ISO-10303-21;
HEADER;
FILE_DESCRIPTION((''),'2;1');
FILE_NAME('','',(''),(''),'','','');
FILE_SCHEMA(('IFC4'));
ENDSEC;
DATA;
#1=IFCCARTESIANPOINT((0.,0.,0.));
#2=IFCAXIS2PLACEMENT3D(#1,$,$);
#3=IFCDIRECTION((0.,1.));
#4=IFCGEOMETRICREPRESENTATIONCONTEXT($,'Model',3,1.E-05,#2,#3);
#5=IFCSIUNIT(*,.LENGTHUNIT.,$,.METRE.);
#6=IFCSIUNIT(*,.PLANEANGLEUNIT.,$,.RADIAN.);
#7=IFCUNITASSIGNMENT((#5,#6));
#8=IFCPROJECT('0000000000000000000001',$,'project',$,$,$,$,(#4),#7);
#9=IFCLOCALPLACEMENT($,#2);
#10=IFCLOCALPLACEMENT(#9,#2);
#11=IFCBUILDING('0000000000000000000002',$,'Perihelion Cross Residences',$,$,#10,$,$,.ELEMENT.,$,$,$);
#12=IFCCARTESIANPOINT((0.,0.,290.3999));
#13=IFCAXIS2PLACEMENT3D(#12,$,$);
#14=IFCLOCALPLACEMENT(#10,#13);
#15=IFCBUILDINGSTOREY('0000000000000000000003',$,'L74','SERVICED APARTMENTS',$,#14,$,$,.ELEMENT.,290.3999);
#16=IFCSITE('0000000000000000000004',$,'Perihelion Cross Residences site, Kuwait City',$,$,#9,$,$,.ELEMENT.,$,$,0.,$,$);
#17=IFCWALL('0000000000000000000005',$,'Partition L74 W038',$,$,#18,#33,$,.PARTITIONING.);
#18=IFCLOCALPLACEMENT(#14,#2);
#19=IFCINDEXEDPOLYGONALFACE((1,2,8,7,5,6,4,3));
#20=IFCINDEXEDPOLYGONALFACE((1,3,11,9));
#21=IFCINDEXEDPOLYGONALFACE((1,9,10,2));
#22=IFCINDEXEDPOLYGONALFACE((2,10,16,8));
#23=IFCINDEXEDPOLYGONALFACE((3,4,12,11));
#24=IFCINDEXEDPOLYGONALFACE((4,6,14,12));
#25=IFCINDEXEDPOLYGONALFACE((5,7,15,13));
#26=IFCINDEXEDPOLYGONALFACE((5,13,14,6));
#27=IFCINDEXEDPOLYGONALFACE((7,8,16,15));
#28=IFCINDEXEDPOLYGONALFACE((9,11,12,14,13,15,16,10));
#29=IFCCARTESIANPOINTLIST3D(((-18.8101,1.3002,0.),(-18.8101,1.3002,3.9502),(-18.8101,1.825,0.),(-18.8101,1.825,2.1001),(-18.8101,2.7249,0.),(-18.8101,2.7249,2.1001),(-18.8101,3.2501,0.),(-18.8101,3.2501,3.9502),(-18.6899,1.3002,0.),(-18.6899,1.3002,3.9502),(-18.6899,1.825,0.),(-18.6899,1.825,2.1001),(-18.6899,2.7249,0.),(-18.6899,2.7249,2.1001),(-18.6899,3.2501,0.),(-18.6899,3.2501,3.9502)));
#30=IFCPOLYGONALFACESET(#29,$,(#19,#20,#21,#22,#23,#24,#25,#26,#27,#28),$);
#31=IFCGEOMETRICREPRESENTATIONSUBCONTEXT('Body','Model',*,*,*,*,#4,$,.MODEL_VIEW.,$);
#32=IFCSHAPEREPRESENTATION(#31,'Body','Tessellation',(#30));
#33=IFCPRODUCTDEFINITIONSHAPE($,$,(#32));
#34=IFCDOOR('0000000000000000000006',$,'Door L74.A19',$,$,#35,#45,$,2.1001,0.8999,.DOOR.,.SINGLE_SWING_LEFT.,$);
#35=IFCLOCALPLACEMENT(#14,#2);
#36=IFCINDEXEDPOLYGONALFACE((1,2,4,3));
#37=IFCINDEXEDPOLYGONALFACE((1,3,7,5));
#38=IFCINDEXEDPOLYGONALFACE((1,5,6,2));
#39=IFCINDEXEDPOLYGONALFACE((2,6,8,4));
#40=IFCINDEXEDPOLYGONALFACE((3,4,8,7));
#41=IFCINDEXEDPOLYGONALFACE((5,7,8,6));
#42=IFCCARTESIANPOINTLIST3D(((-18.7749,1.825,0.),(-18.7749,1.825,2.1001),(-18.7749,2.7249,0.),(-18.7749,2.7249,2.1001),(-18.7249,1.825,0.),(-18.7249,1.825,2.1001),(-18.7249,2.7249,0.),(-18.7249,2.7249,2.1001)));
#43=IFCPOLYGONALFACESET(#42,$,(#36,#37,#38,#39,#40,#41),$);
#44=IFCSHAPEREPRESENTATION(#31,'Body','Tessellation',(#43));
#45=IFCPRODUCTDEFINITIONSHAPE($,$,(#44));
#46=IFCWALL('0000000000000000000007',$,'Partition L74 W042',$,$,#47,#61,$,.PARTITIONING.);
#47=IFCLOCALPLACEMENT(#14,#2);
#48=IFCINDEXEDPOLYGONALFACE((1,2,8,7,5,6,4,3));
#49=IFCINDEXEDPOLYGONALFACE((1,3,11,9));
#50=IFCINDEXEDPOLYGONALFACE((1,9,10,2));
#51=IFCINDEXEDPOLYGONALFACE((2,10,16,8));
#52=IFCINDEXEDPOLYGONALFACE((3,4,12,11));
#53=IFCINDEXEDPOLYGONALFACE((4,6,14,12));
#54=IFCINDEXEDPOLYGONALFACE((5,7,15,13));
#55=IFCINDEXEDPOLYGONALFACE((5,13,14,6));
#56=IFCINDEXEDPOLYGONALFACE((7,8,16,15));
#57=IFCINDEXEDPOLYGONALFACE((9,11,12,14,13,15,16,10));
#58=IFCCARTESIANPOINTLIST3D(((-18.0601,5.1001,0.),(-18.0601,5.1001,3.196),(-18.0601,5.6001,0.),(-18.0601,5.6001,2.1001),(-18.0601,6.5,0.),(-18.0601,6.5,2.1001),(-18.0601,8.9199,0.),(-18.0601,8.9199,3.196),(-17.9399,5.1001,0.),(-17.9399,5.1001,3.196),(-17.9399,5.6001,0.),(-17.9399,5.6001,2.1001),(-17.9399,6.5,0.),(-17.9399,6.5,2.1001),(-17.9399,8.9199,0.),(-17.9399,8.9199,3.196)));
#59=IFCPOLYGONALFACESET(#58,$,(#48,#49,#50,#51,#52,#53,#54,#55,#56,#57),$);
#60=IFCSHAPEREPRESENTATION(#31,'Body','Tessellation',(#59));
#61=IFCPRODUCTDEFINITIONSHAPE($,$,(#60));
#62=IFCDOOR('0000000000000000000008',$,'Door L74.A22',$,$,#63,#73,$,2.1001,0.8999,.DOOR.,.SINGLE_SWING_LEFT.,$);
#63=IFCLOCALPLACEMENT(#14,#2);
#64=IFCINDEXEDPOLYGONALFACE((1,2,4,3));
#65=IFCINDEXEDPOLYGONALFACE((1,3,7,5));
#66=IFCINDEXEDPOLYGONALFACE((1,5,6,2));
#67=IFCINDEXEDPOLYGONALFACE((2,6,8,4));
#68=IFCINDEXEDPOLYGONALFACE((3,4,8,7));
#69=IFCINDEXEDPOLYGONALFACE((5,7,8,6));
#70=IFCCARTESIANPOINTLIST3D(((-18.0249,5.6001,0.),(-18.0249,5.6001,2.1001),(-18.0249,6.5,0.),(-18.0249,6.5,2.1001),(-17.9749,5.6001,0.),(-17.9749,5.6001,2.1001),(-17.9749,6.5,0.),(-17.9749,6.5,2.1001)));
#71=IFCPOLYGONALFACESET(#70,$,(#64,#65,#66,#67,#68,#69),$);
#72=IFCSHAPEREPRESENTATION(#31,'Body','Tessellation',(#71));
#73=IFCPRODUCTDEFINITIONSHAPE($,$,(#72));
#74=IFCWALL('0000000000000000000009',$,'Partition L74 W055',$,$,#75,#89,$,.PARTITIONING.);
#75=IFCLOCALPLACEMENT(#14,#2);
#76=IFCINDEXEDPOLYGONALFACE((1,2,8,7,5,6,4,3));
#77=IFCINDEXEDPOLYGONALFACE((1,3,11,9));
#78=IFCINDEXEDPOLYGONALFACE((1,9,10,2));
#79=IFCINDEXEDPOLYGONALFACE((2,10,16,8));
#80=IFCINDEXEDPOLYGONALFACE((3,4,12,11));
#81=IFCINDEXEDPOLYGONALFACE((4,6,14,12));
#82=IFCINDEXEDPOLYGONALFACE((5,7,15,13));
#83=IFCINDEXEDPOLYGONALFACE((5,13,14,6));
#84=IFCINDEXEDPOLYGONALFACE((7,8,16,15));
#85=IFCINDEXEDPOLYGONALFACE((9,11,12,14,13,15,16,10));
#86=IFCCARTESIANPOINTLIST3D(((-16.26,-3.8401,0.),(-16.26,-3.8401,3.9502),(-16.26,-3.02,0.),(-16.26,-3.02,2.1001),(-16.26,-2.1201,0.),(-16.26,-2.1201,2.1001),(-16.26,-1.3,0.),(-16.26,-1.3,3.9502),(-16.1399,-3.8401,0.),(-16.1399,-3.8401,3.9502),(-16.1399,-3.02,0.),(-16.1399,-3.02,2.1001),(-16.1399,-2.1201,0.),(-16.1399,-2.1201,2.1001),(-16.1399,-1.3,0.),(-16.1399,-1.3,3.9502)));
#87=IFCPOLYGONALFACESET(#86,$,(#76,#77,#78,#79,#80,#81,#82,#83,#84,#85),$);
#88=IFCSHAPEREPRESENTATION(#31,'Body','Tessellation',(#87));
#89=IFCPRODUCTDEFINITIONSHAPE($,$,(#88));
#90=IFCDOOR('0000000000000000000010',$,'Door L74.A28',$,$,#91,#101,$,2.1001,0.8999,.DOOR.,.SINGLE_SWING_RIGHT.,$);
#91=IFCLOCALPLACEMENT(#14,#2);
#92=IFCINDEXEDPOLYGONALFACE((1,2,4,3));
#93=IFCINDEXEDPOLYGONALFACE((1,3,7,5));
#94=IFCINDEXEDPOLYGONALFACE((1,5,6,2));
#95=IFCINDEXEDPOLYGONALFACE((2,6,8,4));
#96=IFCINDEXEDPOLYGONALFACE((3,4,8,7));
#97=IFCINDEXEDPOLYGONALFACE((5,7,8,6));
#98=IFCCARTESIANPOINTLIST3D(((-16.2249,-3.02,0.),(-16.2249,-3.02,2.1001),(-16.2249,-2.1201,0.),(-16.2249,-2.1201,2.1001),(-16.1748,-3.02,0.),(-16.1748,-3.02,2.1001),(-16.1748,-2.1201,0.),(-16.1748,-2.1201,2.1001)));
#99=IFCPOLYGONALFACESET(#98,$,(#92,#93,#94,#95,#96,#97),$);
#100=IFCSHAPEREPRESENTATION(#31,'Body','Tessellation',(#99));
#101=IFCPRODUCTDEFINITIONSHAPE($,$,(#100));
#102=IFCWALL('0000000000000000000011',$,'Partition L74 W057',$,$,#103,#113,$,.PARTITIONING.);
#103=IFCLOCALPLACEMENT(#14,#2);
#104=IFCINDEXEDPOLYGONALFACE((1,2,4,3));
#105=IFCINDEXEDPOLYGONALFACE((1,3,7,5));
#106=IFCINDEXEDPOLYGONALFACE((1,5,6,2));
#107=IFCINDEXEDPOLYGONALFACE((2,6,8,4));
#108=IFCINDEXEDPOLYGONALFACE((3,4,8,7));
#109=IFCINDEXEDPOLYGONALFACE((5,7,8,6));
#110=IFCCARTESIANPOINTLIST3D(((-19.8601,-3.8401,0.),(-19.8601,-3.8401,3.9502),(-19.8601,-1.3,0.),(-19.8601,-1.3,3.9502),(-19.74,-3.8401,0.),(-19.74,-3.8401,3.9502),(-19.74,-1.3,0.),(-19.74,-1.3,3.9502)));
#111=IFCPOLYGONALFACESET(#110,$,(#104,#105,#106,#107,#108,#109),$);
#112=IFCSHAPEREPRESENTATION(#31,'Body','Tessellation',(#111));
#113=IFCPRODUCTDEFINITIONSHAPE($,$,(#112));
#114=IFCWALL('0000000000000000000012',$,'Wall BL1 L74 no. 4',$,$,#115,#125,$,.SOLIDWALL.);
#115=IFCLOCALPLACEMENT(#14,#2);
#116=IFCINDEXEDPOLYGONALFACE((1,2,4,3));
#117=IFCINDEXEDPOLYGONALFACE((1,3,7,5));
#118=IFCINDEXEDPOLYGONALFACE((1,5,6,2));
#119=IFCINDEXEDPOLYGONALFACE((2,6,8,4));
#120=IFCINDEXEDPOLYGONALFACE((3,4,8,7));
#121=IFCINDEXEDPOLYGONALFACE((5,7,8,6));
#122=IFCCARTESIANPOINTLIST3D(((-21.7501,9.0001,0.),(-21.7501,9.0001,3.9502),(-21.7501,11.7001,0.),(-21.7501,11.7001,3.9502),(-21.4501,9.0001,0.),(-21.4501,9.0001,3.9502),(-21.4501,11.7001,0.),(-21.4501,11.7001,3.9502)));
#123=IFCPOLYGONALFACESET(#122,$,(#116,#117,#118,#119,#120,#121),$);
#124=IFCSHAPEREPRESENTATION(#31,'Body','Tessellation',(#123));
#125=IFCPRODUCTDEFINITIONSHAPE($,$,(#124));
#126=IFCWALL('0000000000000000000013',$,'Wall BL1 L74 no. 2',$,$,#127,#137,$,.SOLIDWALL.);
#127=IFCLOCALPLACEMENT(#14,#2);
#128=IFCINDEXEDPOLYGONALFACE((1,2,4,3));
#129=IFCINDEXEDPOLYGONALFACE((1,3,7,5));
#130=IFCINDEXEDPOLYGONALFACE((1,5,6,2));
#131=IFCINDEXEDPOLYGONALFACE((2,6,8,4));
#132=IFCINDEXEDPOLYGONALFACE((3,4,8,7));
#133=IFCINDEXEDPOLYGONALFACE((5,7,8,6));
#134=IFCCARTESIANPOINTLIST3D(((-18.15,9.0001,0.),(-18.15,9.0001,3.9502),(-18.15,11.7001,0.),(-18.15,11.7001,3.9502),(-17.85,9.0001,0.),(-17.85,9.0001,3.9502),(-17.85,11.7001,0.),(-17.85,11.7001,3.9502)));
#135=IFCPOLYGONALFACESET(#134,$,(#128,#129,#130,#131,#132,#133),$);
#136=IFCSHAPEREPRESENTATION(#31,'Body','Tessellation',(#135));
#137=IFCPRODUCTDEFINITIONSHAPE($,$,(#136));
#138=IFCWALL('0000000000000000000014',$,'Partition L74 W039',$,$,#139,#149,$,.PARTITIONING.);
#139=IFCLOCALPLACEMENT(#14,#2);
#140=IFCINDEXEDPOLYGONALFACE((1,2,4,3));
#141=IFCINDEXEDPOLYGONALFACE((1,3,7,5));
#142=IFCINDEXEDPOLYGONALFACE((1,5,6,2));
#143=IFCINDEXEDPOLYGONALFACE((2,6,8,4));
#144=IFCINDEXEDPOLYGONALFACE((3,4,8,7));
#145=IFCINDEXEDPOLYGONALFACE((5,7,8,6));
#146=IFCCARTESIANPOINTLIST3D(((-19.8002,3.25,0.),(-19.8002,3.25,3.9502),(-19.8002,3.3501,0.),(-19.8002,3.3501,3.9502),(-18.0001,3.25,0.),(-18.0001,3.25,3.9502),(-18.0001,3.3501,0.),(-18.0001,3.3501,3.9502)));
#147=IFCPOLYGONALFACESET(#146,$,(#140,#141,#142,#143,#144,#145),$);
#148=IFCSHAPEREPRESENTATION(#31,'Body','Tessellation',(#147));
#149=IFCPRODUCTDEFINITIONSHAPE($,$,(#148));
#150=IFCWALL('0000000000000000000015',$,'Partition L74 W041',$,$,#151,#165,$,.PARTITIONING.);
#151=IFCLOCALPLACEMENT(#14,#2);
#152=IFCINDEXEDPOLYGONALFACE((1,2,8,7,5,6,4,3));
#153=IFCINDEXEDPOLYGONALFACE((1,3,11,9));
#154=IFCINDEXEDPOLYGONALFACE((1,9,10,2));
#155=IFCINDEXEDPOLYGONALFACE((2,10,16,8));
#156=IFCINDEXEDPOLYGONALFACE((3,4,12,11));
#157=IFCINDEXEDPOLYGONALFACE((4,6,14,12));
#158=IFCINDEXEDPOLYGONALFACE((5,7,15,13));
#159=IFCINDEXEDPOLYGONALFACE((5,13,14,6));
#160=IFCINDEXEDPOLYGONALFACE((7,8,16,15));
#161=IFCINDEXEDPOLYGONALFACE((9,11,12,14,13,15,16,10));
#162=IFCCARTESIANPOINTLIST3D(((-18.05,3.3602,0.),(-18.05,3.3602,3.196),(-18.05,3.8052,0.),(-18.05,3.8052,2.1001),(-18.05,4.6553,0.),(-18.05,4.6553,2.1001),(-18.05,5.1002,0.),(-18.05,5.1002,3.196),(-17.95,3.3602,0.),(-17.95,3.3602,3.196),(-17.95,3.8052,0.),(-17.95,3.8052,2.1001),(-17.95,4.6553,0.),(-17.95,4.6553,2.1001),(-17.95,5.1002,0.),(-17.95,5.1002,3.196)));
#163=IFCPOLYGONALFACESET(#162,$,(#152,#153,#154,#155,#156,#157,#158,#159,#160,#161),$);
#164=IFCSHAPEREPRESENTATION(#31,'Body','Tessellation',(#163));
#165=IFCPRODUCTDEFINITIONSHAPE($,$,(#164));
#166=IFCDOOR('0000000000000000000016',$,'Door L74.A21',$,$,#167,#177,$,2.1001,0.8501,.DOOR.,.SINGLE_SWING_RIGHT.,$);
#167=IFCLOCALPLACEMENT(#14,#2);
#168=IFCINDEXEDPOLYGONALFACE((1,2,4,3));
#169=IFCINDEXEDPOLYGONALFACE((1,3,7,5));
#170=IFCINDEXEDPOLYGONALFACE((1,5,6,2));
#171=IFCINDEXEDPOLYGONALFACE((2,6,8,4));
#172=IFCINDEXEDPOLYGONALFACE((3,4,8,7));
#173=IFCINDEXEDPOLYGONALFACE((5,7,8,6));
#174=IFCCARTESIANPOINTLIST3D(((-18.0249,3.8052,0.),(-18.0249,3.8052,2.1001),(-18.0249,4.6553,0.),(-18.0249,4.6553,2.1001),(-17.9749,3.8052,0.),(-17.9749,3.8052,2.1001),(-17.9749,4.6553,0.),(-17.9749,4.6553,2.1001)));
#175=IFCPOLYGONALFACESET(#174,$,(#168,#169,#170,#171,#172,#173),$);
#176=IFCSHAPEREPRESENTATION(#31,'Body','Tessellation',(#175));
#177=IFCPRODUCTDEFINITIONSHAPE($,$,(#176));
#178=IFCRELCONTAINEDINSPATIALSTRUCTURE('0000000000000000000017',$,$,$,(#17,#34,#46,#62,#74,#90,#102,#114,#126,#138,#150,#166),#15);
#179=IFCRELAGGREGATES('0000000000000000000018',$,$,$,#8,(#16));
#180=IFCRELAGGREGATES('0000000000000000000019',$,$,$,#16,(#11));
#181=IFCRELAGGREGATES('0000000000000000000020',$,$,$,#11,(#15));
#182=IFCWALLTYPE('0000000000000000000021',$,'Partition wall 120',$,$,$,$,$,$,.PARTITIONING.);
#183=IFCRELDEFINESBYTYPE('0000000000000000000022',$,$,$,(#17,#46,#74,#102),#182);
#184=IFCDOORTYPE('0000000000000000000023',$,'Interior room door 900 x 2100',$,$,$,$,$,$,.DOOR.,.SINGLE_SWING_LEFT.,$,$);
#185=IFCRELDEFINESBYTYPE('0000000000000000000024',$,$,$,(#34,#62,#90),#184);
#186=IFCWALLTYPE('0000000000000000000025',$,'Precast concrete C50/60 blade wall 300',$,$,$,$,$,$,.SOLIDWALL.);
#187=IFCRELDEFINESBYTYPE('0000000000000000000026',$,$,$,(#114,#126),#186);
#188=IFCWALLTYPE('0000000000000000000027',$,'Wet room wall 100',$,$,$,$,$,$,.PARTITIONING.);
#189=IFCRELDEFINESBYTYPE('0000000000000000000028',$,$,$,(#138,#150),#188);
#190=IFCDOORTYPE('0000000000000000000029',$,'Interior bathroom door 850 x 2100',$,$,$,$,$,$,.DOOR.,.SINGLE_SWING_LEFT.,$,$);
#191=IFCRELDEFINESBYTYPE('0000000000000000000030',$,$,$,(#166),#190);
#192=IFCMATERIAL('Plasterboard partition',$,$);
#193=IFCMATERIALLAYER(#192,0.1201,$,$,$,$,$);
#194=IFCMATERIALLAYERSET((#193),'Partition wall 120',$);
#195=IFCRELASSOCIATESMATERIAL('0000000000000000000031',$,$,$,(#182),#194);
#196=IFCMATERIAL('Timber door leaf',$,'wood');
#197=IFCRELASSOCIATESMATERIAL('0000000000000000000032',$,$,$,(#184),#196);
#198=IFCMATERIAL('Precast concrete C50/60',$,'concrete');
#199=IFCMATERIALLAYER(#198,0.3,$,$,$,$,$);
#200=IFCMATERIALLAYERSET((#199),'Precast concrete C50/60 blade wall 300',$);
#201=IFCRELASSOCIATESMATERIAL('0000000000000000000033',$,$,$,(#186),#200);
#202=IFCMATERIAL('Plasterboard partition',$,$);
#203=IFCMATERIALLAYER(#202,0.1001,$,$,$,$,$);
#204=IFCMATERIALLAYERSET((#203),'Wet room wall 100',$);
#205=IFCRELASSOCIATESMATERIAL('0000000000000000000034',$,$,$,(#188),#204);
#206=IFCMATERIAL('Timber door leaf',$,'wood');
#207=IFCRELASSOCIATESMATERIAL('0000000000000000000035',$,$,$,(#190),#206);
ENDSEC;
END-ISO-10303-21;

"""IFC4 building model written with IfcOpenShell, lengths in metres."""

from ifc_helpers import new_model, si_unit, direction, frame, frame_2d, origin, place, context, subcontext, project, spatial, rectangle, extrude, material, layer, layer_set, type_object, element, fill, save


model = new_model("IFC4")

# Units and contexts
model_context = context("Model", 3, precision=1e-05, world=origin(), true_north=direction((0.0, 1.0)))
body_context = subcontext(model_context, "Body", "Model", "MODEL_VIEW")
ifc_project = project(units=[si_unit("LENGTHUNIT", "METRE"), si_unit("PLANEANGLEUNIT", "RADIAN")], contexts=[model_context])

# Site, building, storey
site_placement = place(None, origin())
site = spatial("IfcSite", under=ifc_project, at=site_placement, Name="Perihelion Cross Residences site, Kuwait City", CompositionType="ELEMENT", RefElevation=0.0)
building_placement = place(site_placement, origin())
building = spatial("IfcBuilding", under=site, at=building_placement, Name="Perihelion Cross Residences", CompositionType="ELEMENT")
storey_placement = place(building_placement, frame((0.0, 0.0, 290.3999)))
storey = spatial("IfcBuildingStorey", under=building, at=storey_placement, Name="L74", Description="SERVICED APARTMENTS", CompositionType="ELEMENT", Elevation=290.3999)

# Walls, openings, doors
ifc_material_1 = material(Name="Plasterboard partition")
ifc_layer_1 = layer(ifc_material_1, 0.1201)
ifc_layer_set_1 = layer_set([ifc_layer_1], Name="Partition wall 120")
wall_type_1 = type_object("IfcWallType", Name="Partition wall 120", PredefinedType="PARTITIONING", material=ifc_layer_set_1)
ifc_material_2 = material(Name="Timber door leaf", Category="wood")
door_type_1 = type_object("IfcDoorType", Name="Interior room door 900 x 2100", OperationType="SINGLE_SWING_LEFT", PredefinedType="DOOR", material=ifc_material_2)
wall_1_placement = place(storey_placement, frame((-18.75, 1.3, 0.0), z_axis=(0.0, 0.0, 1.0), x_axis=(0.0, 1.0, 0.0)))
wall_1 = element("IfcWall", 1, at=wall_1_placement, inside=storey, type_object=wall_type_1, Name="Partition L74 W038", PredefinedType="PARTITIONING", context=body_context, shape_type="SweptSolid", body=[
    extrude(rectangle(XDim=1.95, YDim=0.1201, at=frame_2d((0.9751, 0.0))), origin(), (0.0, 0.0, 1.0), 3.9502),
])
opening_1_placement = place(wall_1_placement, frame((0.5249, 0.0, 0.0)))
opening_1 = element("IfcOpeningElement", 2, at=opening_1_placement, cuts=wall_1, PredefinedType="OPENING", context=body_context, shape_type="SweptSolid", body=[
    extrude(rectangle(XDim=0.8999, YDim=2.1001, at=frame_2d((0.45, 1.05))), frame((0.0, 0.0701, 0.0), z_axis=(0.0, -1.0, 0.0), x_axis=(1.0, 0.0, 0.0)), (0.0, 0.0, 1.0), 0.1401),
])
door_1_placement = place(opening_1_placement, origin())
door_1 = element("IfcDoor", 3, at=door_1_placement, inside=storey, type_object=door_type_1, Name="Door L74.A19", OperationType="SINGLE_SWING_LEFT", OverallHeight=2.1001, OverallWidth=0.8999, PredefinedType="DOOR", context=body_context, shape_type="SweptSolid", body=[
    extrude(rectangle(XDim=0.8999, YDim=2.1001, at=frame_2d((0.45, 1.05))), frame((0.0, 0.0249, 0.0), z_axis=(0.0, -1.0, 0.0), x_axis=(1.0, 0.0, 0.0)), (0.0, 0.0, 1.0), 0.05),
])
fill(opening_1, door_1)
wall_2_placement = place(storey_placement, frame((-18.0, 5.1001, 0.0), z_axis=(0.0, 0.0, 1.0), x_axis=(0.0, 1.0, 0.0)))
wall_2 = element("IfcWall", 4, at=wall_2_placement, inside=storey, type_object=wall_type_1, Name="Partition L74 W042", PredefinedType="PARTITIONING", context=body_context, shape_type="SweptSolid", body=[
    extrude(rectangle(XDim=3.8198, YDim=0.1201, at=frame_2d((1.9099, 0.0))), origin(), (0.0, 0.0, 1.0), 3.196),
])
opening_2_placement = place(wall_2_placement, frame((0.5, 0.0, 0.0)))
opening_2 = element("IfcOpeningElement", 5, at=opening_2_placement, cuts=wall_2, PredefinedType="OPENING", context=body_context, shape_type="SweptSolid", body=[
    extrude(rectangle(XDim=0.8999, YDim=2.1001, at=frame_2d((0.45, 1.05))), frame((0.0, 0.0701, 0.0), z_axis=(0.0, -1.0, 0.0), x_axis=(1.0, 0.0, 0.0)), (0.0, 0.0, 1.0), 0.1401),
])
door_2_placement = place(opening_2_placement, origin())
door_2 = element("IfcDoor", 6, at=door_2_placement, inside=storey, type_object=door_type_1, Name="Door L74.A22", OperationType="SINGLE_SWING_LEFT", OverallHeight=2.1001, OverallWidth=0.8999, PredefinedType="DOOR", context=body_context, shape_type="SweptSolid", body=[
    extrude(rectangle(XDim=0.8999, YDim=2.1001, at=frame_2d((0.45, 1.05))), frame((0.0, 0.0249, 0.0), z_axis=(0.0, -1.0, 0.0), x_axis=(1.0, 0.0, 0.0)), (0.0, 0.0, 1.0), 0.05),
])
fill(opening_2, door_2)
wall_3_placement = place(storey_placement, frame((-16.2, -3.8401, 0.0), z_axis=(0.0, 0.0, 1.0), x_axis=(0.0, 1.0, 0.0)))
wall_3 = element("IfcWall", 7, at=wall_3_placement, inside=storey, type_object=wall_type_1, Name="Partition L74 W055", PredefinedType="PARTITIONING", context=body_context, shape_type="SweptSolid", body=[
    extrude(rectangle(XDim=2.54, YDim=0.1201, at=frame_2d((1.27, 0.0))), origin(), (0.0, 0.0, 1.0), 3.9502),
])
opening_3_placement = place(wall_3_placement, frame((0.8201, 0.0, 0.0)))
opening_3 = element("IfcOpeningElement", 8, at=opening_3_placement, cuts=wall_3, PredefinedType="OPENING", context=body_context, shape_type="SweptSolid", body=[
    extrude(rectangle(XDim=0.8999, YDim=2.1001, at=frame_2d((0.45, 1.05))), frame((0.0, 0.0701, 0.0), z_axis=(0.0, -1.0, 0.0), x_axis=(1.0, 0.0, 0.0)), (0.0, 0.0, 1.0), 0.1401),
])
door_3_placement = place(opening_3_placement, origin())
door_3 = element("IfcDoor", 9, at=door_3_placement, inside=storey, type_object=door_type_1, Name="Door L74.A28", OperationType="SINGLE_SWING_RIGHT", OverallHeight=2.1001, OverallWidth=0.8999, PredefinedType="DOOR", context=body_context, shape_type="SweptSolid", body=[
    extrude(rectangle(XDim=0.8999, YDim=2.1001, at=frame_2d((0.45, 1.05))), frame((0.0, 0.0249, 0.0), z_axis=(0.0, -1.0, 0.0), x_axis=(1.0, 0.0, 0.0)), (0.0, 0.0, 1.0), 0.05),
])
fill(opening_3, door_3)

# Walls
wall_4_placement = place(storey_placement, frame((-19.8, -3.8401, 0.0), z_axis=(0.0, 0.0, 1.0), x_axis=(0.0, 1.0, 0.0)))
element("IfcWall", 10, at=wall_4_placement, inside=storey, type_object=wall_type_1, Name="Partition L74 W057", PredefinedType="PARTITIONING", context=body_context, shape_type="SweptSolid", body=[
    extrude(rectangle(XDim=2.54, YDim=0.1201, at=frame_2d((1.27, 0.0))), origin(), (0.0, 0.0, 1.0), 3.9502),
])
ifc_material_3 = material(Name="Precast concrete C50/60", Category="concrete")
ifc_layer_2 = layer(ifc_material_3, 0.3)
ifc_layer_set_2 = layer_set([ifc_layer_2], Name="Precast concrete C50/60 blade wall 300")
wall_type_2 = type_object("IfcWallType", Name="Precast concrete C50/60 blade wall 300", PredefinedType="SOLIDWALL", material=ifc_layer_set_2)
for number, where, z_axis, x_axis, name in (
    (11, (-21.6001, 9.0, 0.0), (0.0, 0.0, 1.0), (0.0, 1.0, 0.0), "Wall BL1 L74 no. 4"),
    (12, (-18.0, 9.0, 0.0), (0.0, 0.0, 1.0), (0.0, 1.0, 0.0), "Wall BL1 L74 no. 2"),
):
    element("IfcWall", number, at=place(storey_placement, frame(where, z_axis=z_axis, x_axis=x_axis)), inside=storey, type_object=wall_type_2, Name=name, PredefinedType="SOLIDWALL", context=body_context, shape_type="SweptSolid", body=[
        extrude(rectangle(XDim=2.7, YDim=0.3, at=frame_2d((1.3501, 0.0))), origin(), (0.0, 0.0, 1.0), 3.9502),
    ])
ifc_material_4 = material(Name="Plasterboard partition")
ifc_layer_3 = layer(ifc_material_4, 0.1001)
ifc_layer_set_3 = layer_set([ifc_layer_3], Name="Wet room wall 100")
wall_type_3 = type_object("IfcWallType", Name="Wet room wall 100", PredefinedType="PARTITIONING", material=ifc_layer_set_3)
wall_5_placement = place(storey_placement, frame((-19.8, 3.3, 0.0), z_axis=(0.0, 0.0, 1.0), x_axis=(1.0, 0.0, 0.0)))
element("IfcWall", 13, at=wall_5_placement, inside=storey, type_object=wall_type_3, Name="Partition L74 W039", PredefinedType="PARTITIONING", context=body_context, shape_type="SweptSolid", body=[
    extrude(rectangle(XDim=1.8, YDim=0.1001, at=frame_2d((0.8999, 0.0))), origin(), (0.0, 0.0, 1.0), 3.9502),
])

# Wall, opening, door
wall_6_placement = place(storey_placement, frame((-18.0, 3.3601, 0.0), z_axis=(0.0, 0.0, 1.0), x_axis=(0.0, 1.0, 0.0)))
wall_6 = element("IfcWall", 14, at=wall_6_placement, inside=storey, type_object=wall_type_3, Name="Partition L74 W041", PredefinedType="PARTITIONING", context=body_context, shape_type="SweptSolid", body=[
    extrude(rectangle(XDim=1.74, YDim=0.1001, at=frame_2d((0.8701, 0.0))), origin(), (0.0, 0.0, 1.0), 3.196),
])
opening_4_placement = place(wall_6_placement, frame((0.4451, 0.0, 0.0)))
opening_4 = element("IfcOpeningElement", 15, at=opening_4_placement, cuts=wall_6, PredefinedType="OPENING", context=body_context, shape_type="SweptSolid", body=[
    extrude(rectangle(XDim=0.8501, YDim=2.1001, at=frame_2d((0.425, 1.05))), frame((0.0, 0.0601, 0.0), z_axis=(0.0, -1.0, 0.0), x_axis=(1.0, 0.0, 0.0)), (0.0, 0.0, 1.0), 0.1201),
])
ifc_material_5 = material(Name="Timber door leaf", Category="wood")
door_type_2 = type_object("IfcDoorType", Name="Interior bathroom door 850 x 2100", OperationType="SINGLE_SWING_LEFT", PredefinedType="DOOR", material=ifc_material_5)
door_4_placement = place(opening_4_placement, origin())
door_4 = element("IfcDoor", 16, at=door_4_placement, inside=storey, type_object=door_type_2, Name="Door L74.A21", OperationType="SINGLE_SWING_RIGHT", OverallHeight=2.1001, OverallWidth=0.8501, PredefinedType="DOOR", context=body_context, shape_type="SweptSolid", body=[
    extrude(rectangle(XDim=0.8501, YDim=2.1001, at=frame_2d((0.425, 1.05))), frame((0.0, 0.0249, 0.0), z_axis=(0.0, -1.0, 0.0), x_axis=(1.0, 0.0, 0.0)), (0.0, 0.0, 1.0), 0.05),
])
fill(opening_4, door_4)

save(model, "model.ifc")
